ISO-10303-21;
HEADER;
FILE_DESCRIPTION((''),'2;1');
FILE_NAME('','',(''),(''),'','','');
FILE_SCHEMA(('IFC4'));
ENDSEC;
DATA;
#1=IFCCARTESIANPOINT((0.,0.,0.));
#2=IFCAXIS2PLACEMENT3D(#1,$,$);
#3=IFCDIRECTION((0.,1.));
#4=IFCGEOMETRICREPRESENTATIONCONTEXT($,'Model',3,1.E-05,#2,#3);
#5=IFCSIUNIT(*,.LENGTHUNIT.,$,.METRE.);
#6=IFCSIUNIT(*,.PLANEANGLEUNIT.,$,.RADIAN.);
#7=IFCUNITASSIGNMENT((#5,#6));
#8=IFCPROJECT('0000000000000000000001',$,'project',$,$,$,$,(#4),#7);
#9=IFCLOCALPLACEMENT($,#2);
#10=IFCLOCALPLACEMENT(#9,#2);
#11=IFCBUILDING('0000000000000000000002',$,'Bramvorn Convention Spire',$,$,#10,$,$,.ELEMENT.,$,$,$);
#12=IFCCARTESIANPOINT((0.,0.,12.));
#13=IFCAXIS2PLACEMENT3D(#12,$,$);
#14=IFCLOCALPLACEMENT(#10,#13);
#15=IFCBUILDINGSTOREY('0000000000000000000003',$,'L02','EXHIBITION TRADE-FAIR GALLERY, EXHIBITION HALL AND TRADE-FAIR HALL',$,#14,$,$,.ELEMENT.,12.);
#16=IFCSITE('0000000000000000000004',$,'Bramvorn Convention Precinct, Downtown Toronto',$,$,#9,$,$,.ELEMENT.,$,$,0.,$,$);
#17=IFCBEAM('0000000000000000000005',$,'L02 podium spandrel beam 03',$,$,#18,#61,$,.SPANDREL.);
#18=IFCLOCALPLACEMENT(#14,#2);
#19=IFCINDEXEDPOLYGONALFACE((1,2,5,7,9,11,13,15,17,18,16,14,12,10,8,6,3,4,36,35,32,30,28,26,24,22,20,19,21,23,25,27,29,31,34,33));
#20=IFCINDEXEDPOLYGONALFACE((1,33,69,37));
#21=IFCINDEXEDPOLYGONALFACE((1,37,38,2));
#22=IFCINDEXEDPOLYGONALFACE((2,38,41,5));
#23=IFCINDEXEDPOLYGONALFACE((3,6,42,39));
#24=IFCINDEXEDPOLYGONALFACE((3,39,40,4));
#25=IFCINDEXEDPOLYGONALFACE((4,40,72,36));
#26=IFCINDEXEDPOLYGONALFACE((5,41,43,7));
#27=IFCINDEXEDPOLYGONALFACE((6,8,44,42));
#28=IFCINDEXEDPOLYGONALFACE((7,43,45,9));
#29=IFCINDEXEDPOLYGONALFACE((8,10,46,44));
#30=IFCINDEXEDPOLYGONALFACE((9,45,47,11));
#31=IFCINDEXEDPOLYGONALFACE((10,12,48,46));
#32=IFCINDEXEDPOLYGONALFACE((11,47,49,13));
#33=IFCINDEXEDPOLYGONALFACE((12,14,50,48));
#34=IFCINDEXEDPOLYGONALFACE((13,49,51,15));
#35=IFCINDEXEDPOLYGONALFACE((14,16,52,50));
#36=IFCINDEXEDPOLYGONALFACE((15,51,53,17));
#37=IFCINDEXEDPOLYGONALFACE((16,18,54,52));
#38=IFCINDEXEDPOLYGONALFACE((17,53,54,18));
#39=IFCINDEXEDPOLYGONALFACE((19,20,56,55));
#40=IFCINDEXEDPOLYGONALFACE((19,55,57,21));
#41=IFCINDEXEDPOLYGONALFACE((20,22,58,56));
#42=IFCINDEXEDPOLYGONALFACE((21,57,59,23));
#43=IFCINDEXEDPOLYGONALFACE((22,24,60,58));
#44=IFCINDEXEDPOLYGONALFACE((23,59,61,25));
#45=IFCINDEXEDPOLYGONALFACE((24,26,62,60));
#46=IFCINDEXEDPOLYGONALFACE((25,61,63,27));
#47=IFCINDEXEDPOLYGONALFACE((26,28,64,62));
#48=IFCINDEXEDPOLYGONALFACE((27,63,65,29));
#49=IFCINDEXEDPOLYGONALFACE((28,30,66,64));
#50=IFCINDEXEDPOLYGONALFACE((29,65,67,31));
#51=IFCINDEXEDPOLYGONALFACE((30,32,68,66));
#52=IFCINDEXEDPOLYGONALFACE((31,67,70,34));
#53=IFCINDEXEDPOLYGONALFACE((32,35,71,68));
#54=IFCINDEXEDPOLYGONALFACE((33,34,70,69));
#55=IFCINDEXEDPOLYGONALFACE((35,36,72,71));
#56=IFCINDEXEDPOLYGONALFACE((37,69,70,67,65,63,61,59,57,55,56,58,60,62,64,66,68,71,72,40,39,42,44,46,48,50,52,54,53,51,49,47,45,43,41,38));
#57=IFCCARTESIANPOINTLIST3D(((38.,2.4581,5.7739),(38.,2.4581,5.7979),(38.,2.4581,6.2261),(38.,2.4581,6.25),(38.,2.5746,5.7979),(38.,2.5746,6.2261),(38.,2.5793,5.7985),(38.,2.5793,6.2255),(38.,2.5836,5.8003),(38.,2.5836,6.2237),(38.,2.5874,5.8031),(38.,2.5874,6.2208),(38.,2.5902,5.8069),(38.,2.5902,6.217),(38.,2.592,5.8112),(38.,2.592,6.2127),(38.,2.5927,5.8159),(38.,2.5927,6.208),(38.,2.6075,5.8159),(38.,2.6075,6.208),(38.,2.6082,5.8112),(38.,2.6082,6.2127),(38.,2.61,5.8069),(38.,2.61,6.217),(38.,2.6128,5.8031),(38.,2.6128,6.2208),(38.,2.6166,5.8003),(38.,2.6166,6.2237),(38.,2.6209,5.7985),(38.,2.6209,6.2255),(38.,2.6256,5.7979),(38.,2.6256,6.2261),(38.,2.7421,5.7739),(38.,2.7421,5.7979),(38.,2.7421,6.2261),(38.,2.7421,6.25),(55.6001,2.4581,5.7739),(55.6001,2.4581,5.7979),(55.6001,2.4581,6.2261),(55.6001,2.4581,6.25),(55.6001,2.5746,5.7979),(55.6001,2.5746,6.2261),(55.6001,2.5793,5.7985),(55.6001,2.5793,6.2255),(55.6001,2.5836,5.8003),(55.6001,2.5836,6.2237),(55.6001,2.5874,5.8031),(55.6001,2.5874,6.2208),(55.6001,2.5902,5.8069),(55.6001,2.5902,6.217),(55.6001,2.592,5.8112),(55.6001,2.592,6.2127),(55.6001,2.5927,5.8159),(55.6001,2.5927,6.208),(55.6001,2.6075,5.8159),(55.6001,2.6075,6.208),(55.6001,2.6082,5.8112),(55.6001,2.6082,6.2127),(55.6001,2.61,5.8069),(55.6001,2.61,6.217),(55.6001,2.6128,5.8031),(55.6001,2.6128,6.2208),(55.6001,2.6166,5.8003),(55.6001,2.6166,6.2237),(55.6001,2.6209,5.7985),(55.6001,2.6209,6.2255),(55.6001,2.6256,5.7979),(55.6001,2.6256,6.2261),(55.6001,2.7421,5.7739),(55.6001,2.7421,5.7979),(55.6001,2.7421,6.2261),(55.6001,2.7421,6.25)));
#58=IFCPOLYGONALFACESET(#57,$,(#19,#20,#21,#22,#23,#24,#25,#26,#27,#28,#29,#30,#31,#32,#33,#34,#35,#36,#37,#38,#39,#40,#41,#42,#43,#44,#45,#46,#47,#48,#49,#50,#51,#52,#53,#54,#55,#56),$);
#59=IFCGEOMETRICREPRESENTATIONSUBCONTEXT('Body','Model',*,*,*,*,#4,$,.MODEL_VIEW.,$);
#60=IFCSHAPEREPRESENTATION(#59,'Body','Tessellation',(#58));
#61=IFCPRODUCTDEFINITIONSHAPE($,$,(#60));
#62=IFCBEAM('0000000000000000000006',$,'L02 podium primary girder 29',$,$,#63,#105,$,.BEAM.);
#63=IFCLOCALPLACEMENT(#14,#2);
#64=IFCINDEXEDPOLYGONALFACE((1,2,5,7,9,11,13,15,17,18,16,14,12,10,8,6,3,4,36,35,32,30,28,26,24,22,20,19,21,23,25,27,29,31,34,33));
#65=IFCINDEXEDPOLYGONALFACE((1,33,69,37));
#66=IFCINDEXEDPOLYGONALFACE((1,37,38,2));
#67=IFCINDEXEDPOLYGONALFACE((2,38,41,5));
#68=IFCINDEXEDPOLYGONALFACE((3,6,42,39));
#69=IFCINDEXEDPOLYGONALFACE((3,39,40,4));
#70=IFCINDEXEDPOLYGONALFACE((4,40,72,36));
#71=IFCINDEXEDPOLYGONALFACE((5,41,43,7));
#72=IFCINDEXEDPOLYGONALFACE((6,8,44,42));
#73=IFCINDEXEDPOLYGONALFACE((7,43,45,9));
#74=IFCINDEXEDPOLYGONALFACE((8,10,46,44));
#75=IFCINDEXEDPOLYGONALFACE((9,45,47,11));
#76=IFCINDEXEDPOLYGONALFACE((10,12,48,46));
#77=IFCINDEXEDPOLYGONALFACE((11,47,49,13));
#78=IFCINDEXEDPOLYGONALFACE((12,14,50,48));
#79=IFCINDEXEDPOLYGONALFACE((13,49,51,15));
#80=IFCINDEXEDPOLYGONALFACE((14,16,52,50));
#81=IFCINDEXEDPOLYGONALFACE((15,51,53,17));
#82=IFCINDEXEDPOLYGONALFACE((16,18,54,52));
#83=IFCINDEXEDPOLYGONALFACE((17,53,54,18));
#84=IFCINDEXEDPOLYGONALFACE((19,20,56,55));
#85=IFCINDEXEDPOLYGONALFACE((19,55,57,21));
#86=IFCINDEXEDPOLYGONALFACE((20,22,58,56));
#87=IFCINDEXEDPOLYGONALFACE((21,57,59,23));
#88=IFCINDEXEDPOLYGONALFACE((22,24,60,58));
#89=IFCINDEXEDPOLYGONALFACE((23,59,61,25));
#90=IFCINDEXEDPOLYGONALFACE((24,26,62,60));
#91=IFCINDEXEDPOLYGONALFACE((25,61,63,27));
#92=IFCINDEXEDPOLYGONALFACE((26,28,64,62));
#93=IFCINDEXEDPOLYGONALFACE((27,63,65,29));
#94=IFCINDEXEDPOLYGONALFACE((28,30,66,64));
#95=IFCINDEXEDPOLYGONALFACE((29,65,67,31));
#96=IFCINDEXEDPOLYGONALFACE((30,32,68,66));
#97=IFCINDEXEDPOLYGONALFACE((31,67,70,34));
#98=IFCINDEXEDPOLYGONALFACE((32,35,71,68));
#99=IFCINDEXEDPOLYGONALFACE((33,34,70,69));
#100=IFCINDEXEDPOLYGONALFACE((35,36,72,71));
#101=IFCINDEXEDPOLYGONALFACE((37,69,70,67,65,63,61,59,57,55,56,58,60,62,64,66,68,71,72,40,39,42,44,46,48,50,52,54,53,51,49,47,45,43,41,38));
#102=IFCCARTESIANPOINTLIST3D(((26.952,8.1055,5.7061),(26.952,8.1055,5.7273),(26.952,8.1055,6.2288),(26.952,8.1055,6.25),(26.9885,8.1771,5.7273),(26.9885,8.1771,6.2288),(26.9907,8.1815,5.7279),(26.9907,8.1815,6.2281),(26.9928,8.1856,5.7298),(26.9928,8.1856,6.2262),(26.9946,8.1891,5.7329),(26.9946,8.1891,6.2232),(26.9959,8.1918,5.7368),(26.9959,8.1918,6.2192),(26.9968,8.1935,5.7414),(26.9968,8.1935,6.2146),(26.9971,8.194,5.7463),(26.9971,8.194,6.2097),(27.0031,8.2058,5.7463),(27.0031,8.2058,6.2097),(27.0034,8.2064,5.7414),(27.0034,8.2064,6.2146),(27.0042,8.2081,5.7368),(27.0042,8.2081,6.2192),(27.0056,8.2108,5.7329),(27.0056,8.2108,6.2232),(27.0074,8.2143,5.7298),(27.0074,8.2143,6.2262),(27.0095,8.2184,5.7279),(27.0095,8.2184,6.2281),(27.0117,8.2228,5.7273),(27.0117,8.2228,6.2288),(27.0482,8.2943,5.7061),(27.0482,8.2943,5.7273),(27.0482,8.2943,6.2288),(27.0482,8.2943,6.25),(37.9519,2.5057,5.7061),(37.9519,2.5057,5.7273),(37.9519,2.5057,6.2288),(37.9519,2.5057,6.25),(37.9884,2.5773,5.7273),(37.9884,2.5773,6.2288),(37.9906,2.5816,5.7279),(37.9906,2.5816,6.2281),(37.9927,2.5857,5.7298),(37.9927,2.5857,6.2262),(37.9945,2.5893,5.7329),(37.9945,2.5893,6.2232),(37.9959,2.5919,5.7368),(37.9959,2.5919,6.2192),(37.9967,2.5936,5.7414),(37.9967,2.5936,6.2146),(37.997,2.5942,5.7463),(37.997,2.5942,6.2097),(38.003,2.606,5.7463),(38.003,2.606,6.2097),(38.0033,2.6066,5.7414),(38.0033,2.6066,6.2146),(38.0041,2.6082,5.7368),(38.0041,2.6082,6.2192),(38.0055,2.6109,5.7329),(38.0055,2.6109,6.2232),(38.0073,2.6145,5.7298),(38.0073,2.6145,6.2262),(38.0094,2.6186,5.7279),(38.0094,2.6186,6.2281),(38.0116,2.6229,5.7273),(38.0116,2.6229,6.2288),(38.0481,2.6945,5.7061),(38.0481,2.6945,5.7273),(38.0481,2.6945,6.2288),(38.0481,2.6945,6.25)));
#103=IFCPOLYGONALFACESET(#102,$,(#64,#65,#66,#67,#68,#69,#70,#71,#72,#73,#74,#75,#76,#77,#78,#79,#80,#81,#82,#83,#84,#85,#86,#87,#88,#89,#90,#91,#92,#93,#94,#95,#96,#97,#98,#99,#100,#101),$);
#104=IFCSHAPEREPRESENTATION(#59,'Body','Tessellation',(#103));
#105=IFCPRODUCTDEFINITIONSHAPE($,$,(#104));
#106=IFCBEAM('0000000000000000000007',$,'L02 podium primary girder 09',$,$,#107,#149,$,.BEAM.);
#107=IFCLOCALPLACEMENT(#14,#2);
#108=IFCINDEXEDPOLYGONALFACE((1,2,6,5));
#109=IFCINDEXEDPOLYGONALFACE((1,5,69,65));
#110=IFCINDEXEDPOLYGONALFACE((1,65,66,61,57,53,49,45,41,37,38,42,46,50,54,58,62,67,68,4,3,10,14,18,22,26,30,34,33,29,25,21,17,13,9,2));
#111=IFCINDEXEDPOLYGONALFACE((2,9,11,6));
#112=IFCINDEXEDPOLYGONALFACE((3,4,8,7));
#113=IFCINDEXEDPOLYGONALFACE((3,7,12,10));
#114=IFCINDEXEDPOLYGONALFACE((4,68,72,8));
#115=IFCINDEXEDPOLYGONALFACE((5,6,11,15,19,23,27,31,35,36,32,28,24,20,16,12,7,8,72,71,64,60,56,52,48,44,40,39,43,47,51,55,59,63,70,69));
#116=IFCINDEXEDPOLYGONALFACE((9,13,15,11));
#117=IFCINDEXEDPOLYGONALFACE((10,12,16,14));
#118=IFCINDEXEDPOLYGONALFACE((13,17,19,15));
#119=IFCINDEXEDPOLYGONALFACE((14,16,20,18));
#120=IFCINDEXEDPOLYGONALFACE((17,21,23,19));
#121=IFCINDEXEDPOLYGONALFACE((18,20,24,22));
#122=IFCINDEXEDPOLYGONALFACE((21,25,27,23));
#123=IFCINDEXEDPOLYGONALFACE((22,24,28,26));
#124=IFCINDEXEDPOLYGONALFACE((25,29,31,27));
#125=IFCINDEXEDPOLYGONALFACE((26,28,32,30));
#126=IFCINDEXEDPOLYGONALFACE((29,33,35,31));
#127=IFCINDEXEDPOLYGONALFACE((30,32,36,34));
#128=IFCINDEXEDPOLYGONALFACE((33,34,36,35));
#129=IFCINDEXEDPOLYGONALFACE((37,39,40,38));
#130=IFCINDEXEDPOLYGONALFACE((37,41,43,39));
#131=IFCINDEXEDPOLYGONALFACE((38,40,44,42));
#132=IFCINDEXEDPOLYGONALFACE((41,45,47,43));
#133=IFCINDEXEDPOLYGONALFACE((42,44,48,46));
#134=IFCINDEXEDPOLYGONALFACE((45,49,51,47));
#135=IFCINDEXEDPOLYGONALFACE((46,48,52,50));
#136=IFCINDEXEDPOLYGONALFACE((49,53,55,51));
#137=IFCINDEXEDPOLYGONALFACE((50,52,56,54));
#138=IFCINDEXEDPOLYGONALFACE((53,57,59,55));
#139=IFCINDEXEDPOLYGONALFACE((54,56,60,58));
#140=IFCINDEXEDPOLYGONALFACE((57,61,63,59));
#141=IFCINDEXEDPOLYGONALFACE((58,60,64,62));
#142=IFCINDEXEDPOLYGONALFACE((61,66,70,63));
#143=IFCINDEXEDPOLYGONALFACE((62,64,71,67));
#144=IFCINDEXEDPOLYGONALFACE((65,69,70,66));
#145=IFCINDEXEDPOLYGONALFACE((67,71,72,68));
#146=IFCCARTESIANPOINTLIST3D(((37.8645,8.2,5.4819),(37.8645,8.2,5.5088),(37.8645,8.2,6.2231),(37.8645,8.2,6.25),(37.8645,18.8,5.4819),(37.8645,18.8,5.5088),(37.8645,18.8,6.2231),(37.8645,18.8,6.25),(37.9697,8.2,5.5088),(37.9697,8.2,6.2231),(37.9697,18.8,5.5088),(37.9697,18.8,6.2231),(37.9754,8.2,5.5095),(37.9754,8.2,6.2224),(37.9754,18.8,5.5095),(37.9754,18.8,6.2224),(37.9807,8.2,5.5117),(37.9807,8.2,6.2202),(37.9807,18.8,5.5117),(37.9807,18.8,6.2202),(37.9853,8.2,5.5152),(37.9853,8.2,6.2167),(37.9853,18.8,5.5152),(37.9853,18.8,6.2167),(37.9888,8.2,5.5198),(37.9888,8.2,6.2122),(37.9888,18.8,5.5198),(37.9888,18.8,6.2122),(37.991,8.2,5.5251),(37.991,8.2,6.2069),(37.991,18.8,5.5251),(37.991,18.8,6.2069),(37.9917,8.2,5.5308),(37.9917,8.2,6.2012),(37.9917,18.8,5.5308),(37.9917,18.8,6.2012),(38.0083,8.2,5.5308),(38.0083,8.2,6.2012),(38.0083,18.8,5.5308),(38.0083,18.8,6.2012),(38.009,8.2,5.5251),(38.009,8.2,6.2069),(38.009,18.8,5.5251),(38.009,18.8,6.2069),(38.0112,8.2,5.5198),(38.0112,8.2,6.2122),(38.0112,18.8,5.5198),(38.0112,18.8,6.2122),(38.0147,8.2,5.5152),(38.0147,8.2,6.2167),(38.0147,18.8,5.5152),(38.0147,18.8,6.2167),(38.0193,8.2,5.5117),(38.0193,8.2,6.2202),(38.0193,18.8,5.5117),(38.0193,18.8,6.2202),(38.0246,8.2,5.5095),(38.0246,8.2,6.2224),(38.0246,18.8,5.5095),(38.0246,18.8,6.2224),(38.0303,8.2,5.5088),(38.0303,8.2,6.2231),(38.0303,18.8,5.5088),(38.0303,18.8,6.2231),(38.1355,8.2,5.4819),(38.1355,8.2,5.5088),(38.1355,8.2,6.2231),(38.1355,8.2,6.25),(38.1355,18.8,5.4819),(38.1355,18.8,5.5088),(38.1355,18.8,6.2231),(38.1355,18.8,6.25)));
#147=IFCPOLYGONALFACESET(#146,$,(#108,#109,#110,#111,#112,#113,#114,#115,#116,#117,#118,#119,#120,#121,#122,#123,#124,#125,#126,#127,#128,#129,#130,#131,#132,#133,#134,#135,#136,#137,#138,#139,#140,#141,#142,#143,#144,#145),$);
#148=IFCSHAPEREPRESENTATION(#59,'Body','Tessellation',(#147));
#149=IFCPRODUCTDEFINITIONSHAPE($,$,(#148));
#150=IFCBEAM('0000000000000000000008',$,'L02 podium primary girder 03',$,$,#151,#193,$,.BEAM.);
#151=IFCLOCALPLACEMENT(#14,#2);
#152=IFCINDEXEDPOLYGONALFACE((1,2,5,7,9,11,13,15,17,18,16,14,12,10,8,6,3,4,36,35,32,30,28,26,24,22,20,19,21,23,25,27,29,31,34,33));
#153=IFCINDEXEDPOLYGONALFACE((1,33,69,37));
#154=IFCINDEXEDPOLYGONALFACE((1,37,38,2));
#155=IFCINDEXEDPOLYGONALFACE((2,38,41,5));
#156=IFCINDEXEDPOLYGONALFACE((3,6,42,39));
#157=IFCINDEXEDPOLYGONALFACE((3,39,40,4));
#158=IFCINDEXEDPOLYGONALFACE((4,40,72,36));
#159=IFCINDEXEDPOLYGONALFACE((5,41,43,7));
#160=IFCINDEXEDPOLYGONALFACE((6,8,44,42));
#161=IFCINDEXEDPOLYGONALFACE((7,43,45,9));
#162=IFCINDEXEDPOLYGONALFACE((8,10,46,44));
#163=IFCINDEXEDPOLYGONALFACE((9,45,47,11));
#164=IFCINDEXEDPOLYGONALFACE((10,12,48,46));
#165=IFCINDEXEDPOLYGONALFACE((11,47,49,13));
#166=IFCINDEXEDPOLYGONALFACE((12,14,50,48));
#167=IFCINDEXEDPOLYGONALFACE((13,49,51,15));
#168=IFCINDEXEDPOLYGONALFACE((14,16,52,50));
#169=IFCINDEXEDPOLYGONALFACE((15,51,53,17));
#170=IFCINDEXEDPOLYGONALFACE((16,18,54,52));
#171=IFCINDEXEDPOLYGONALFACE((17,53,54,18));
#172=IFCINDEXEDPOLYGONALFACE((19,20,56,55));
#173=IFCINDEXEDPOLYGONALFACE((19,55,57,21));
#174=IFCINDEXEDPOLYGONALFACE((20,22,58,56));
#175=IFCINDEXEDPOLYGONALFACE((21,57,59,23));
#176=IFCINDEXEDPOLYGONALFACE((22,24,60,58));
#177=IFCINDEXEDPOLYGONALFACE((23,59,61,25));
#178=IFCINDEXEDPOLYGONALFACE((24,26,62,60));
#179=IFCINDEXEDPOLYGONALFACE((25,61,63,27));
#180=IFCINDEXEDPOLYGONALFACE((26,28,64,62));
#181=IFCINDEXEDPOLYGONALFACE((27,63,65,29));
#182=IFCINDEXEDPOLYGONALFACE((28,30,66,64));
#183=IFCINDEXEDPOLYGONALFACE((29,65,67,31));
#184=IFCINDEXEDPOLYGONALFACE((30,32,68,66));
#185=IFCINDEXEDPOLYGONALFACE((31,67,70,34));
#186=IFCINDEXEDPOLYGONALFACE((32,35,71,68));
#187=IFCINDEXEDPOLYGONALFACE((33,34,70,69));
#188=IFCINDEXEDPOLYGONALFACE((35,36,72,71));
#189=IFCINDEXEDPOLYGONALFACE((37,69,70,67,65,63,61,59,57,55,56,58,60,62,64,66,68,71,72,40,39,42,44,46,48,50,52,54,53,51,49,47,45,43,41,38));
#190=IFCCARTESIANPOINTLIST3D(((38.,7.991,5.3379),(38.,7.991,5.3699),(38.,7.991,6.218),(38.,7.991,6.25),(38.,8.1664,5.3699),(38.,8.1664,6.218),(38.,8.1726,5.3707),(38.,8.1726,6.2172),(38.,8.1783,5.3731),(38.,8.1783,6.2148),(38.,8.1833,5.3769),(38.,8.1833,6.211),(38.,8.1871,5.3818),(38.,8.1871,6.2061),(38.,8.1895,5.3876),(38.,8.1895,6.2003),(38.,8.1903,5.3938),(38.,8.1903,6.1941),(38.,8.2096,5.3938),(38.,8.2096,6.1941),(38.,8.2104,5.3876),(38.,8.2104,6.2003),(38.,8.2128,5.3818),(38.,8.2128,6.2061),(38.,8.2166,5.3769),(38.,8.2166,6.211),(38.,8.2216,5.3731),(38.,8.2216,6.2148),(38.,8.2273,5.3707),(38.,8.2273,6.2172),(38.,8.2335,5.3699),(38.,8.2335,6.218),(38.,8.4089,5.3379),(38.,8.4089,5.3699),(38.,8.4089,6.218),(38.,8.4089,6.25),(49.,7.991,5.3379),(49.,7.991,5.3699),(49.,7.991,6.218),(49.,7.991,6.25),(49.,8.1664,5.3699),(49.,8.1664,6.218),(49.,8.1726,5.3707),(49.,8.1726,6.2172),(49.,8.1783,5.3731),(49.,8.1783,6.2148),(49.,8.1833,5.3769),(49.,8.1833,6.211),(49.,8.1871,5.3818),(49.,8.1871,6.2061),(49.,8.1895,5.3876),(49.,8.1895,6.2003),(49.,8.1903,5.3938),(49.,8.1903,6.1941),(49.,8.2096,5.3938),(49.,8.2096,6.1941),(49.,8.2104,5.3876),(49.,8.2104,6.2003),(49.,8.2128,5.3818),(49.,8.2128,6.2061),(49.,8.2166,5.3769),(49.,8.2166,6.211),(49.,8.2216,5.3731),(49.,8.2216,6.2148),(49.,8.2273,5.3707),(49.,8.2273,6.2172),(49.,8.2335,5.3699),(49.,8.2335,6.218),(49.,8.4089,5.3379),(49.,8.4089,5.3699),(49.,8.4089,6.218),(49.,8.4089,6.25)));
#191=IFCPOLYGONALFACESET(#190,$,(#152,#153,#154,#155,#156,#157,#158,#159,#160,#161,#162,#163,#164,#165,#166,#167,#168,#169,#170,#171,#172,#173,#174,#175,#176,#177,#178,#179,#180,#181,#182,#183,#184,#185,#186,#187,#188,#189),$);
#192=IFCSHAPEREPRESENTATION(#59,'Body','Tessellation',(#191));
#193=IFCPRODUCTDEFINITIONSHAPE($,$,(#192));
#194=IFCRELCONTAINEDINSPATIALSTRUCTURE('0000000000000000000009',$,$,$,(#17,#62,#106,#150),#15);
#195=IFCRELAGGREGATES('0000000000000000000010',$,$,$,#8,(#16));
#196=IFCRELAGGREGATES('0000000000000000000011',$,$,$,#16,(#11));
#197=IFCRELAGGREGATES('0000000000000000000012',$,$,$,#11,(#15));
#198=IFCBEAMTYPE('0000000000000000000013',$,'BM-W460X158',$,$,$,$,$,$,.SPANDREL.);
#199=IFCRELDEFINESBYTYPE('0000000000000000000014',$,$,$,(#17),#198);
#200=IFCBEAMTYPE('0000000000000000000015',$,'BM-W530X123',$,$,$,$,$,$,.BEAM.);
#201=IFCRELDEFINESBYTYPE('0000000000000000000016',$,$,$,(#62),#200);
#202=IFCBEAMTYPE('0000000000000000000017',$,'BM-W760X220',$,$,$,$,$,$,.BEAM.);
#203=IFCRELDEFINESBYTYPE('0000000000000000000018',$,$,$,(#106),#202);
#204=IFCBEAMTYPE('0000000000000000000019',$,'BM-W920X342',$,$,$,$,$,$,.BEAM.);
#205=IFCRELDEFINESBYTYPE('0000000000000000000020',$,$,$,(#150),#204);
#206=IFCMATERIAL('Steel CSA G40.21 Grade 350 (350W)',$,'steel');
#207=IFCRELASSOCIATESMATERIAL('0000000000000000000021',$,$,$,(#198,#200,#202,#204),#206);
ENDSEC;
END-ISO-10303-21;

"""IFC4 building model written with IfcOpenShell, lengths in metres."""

from ifc_helpers import new_model, si_unit, direction, frame, origin, origin_2d, place, context, subcontext, project, spatial, i_section, extrude, material, material_profile, profile_set, type_object, element, save


model = new_model("IFC4")

# Units and contexts
model_context = context("Model", 3, precision=1e-05, world=origin(), true_north=direction((0.0, 1.0)))
body_context = subcontext(model_context, "Body", "Model", "MODEL_VIEW")
ifc_project = project(units=[si_unit("LENGTHUNIT", "METRE"), si_unit("PLANEANGLEUNIT", "RADIAN")], contexts=[model_context])

# Site, building, storey
site_placement = place(None, origin())
site = spatial("IfcSite", under=ifc_project, at=site_placement, Name="Bramvorn Convention Precinct, Downtown Toronto", CompositionType="ELEMENT", RefElevation=0.0)
building_placement = place(site_placement, origin())
building = spatial("IfcBuilding", under=site, at=building_placement, Name="Bramvorn Convention Spire", CompositionType="ELEMENT")
storey_placement = place(building_placement, frame((0.0, 0.0, 12.0)))
storey = spatial("IfcBuildingStorey", under=building, at=storey_placement, Name="L02", Description="EXHIBITION TRADE-FAIR GALLERY, EXHIBITION HALL AND TRADE-FAIR HALL", CompositionType="ELEMENT", Elevation=12.0)

# Shared definitions
ifc_material_1 = material(Name="Steel CSA G40.21 Grade 350 (350W)", Category="steel")

# Beams
ifc_material_profile_1 = material_profile(ifc_material_1, i_section(OverallWidth=0.2839, OverallDepth=0.4761, WebThickness=0.0149, FlangeThickness=0.0239, FilletRadius=0.0181, at=origin_2d()))
ifc_profile_set_1 = profile_set([ifc_material_profile_1], Name="Steel CSA G40.21 Grade 350 (350W) - W460X158")
beam_type_1 = type_object("IfcBeamType", Name="BM-W460X158", PredefinedType="SPANDREL", material=ifc_profile_set_1)
beam_1_placement = place(storey_placement, frame((38.0, 2.6001, 6.012), z_axis=(1.0, 0.0, 0.0), x_axis=(0.0, 1.0, 0.0)))
element("IfcBeam", 1, at=beam_1_placement, inside=storey, type_object=beam_type_1, Name="L02 podium spandrel beam 03", PredefinedType="SPANDREL", context=body_context, shape_type="SweptSolid", body=[
    extrude(i_section(OverallWidth=0.2839, OverallDepth=0.4761, WebThickness=0.0149, FlangeThickness=0.0239, FilletRadius=0.0181, at=origin_2d()), origin(), (0.0, 0.0, 1.0), 17.6001),
])
ifc_material_profile_2 = material_profile(ifc_material_1, i_section(OverallWidth=0.2119, OverallDepth=0.5439, WebThickness=0.0132, FlangeThickness=0.0212, FilletRadius=0.019, at=origin_2d()))
ifc_profile_set_2 = profile_set([ifc_material_profile_2], Name="Steel CSA G40.21 Grade 350 (350W) - W530X123")
beam_type_2 = type_object("IfcBeamType", Name="BM-W530X123", PredefinedType="BEAM", material=ifc_profile_set_2)
beam_2_placement = place(storey_placement, frame((38.0, 2.6001, 5.978), z_axis=(-0.891168, 0.453674, 0.0), x_axis=(-0.453674, -0.891168, 0.0)))
element("IfcBeam", 2, at=beam_2_placement, inside=storey, type_object=beam_type_2, Name="L02 podium primary girder 29", PredefinedType="BEAM", context=body_context, shape_type="SweptSolid", body=[
    extrude(i_section(OverallWidth=0.2119, OverallDepth=0.5439, WebThickness=0.0132, FlangeThickness=0.0212, FilletRadius=0.019, at=origin_2d()), origin(), (0.0, 0.0, 1.0), 12.3433),
])
ifc_material_profile_3 = material_profile(ifc_material_1, i_section(OverallWidth=0.271, OverallDepth=0.7681, WebThickness=0.0166, FlangeThickness=0.0269, FilletRadius=0.022, at=origin_2d()))
ifc_profile_set_3 = profile_set([ifc_material_profile_3], Name="Steel CSA G40.21 Grade 350 (350W) - W760X220")
beam_type_3 = type_object("IfcBeamType", Name="BM-W760X220", PredefinedType="BEAM", material=ifc_profile_set_3)
beam_3_placement = place(storey_placement, frame((38.0, 8.2, 5.866), z_axis=(0.0, 1.0, 0.0), x_axis=(-1.0, 0.0, 0.0)))
element("IfcBeam", 3, at=beam_3_placement, inside=storey, type_object=beam_type_3, Name="L02 podium primary girder 09", PredefinedType="BEAM", context=body_context, shape_type="SweptSolid", body=[
    extrude(i_section(OverallWidth=0.271, OverallDepth=0.7681, WebThickness=0.0166, FlangeThickness=0.0269, FilletRadius=0.022, at=origin_2d()), origin(), (0.0, 0.0, 1.0), 10.6001),
])
ifc_material_profile_4 = material_profile(ifc_material_1, i_section(OverallWidth=0.418, OverallDepth=0.9121, WebThickness=0.0193, FlangeThickness=0.032, FilletRadius=0.0239, at=origin_2d()))
ifc_profile_set_4 = profile_set([ifc_material_profile_4], Name="Steel CSA G40.21 Grade 350 (350W) - W920X342")
beam_type_4 = type_object("IfcBeamType", Name="BM-W920X342", PredefinedType="BEAM", material=ifc_profile_set_4)
beam_4_placement = place(storey_placement, frame((38.0, 8.2, 5.7939), z_axis=(1.0, 0.0, 0.0), x_axis=(0.0, 1.0, 0.0)))
element("IfcBeam", 4, at=beam_4_placement, inside=storey, type_object=beam_type_4, Name="L02 podium primary girder 03", PredefinedType="BEAM", context=body_context, shape_type="SweptSolid", body=[
    extrude(i_section(OverallWidth=0.418, OverallDepth=0.9121, WebThickness=0.0193, FlangeThickness=0.032, FilletRadius=0.0239, at=origin_2d()), origin(), (0.0, 0.0, 1.0), 11.0),
])

save(model, "model.ifc")
